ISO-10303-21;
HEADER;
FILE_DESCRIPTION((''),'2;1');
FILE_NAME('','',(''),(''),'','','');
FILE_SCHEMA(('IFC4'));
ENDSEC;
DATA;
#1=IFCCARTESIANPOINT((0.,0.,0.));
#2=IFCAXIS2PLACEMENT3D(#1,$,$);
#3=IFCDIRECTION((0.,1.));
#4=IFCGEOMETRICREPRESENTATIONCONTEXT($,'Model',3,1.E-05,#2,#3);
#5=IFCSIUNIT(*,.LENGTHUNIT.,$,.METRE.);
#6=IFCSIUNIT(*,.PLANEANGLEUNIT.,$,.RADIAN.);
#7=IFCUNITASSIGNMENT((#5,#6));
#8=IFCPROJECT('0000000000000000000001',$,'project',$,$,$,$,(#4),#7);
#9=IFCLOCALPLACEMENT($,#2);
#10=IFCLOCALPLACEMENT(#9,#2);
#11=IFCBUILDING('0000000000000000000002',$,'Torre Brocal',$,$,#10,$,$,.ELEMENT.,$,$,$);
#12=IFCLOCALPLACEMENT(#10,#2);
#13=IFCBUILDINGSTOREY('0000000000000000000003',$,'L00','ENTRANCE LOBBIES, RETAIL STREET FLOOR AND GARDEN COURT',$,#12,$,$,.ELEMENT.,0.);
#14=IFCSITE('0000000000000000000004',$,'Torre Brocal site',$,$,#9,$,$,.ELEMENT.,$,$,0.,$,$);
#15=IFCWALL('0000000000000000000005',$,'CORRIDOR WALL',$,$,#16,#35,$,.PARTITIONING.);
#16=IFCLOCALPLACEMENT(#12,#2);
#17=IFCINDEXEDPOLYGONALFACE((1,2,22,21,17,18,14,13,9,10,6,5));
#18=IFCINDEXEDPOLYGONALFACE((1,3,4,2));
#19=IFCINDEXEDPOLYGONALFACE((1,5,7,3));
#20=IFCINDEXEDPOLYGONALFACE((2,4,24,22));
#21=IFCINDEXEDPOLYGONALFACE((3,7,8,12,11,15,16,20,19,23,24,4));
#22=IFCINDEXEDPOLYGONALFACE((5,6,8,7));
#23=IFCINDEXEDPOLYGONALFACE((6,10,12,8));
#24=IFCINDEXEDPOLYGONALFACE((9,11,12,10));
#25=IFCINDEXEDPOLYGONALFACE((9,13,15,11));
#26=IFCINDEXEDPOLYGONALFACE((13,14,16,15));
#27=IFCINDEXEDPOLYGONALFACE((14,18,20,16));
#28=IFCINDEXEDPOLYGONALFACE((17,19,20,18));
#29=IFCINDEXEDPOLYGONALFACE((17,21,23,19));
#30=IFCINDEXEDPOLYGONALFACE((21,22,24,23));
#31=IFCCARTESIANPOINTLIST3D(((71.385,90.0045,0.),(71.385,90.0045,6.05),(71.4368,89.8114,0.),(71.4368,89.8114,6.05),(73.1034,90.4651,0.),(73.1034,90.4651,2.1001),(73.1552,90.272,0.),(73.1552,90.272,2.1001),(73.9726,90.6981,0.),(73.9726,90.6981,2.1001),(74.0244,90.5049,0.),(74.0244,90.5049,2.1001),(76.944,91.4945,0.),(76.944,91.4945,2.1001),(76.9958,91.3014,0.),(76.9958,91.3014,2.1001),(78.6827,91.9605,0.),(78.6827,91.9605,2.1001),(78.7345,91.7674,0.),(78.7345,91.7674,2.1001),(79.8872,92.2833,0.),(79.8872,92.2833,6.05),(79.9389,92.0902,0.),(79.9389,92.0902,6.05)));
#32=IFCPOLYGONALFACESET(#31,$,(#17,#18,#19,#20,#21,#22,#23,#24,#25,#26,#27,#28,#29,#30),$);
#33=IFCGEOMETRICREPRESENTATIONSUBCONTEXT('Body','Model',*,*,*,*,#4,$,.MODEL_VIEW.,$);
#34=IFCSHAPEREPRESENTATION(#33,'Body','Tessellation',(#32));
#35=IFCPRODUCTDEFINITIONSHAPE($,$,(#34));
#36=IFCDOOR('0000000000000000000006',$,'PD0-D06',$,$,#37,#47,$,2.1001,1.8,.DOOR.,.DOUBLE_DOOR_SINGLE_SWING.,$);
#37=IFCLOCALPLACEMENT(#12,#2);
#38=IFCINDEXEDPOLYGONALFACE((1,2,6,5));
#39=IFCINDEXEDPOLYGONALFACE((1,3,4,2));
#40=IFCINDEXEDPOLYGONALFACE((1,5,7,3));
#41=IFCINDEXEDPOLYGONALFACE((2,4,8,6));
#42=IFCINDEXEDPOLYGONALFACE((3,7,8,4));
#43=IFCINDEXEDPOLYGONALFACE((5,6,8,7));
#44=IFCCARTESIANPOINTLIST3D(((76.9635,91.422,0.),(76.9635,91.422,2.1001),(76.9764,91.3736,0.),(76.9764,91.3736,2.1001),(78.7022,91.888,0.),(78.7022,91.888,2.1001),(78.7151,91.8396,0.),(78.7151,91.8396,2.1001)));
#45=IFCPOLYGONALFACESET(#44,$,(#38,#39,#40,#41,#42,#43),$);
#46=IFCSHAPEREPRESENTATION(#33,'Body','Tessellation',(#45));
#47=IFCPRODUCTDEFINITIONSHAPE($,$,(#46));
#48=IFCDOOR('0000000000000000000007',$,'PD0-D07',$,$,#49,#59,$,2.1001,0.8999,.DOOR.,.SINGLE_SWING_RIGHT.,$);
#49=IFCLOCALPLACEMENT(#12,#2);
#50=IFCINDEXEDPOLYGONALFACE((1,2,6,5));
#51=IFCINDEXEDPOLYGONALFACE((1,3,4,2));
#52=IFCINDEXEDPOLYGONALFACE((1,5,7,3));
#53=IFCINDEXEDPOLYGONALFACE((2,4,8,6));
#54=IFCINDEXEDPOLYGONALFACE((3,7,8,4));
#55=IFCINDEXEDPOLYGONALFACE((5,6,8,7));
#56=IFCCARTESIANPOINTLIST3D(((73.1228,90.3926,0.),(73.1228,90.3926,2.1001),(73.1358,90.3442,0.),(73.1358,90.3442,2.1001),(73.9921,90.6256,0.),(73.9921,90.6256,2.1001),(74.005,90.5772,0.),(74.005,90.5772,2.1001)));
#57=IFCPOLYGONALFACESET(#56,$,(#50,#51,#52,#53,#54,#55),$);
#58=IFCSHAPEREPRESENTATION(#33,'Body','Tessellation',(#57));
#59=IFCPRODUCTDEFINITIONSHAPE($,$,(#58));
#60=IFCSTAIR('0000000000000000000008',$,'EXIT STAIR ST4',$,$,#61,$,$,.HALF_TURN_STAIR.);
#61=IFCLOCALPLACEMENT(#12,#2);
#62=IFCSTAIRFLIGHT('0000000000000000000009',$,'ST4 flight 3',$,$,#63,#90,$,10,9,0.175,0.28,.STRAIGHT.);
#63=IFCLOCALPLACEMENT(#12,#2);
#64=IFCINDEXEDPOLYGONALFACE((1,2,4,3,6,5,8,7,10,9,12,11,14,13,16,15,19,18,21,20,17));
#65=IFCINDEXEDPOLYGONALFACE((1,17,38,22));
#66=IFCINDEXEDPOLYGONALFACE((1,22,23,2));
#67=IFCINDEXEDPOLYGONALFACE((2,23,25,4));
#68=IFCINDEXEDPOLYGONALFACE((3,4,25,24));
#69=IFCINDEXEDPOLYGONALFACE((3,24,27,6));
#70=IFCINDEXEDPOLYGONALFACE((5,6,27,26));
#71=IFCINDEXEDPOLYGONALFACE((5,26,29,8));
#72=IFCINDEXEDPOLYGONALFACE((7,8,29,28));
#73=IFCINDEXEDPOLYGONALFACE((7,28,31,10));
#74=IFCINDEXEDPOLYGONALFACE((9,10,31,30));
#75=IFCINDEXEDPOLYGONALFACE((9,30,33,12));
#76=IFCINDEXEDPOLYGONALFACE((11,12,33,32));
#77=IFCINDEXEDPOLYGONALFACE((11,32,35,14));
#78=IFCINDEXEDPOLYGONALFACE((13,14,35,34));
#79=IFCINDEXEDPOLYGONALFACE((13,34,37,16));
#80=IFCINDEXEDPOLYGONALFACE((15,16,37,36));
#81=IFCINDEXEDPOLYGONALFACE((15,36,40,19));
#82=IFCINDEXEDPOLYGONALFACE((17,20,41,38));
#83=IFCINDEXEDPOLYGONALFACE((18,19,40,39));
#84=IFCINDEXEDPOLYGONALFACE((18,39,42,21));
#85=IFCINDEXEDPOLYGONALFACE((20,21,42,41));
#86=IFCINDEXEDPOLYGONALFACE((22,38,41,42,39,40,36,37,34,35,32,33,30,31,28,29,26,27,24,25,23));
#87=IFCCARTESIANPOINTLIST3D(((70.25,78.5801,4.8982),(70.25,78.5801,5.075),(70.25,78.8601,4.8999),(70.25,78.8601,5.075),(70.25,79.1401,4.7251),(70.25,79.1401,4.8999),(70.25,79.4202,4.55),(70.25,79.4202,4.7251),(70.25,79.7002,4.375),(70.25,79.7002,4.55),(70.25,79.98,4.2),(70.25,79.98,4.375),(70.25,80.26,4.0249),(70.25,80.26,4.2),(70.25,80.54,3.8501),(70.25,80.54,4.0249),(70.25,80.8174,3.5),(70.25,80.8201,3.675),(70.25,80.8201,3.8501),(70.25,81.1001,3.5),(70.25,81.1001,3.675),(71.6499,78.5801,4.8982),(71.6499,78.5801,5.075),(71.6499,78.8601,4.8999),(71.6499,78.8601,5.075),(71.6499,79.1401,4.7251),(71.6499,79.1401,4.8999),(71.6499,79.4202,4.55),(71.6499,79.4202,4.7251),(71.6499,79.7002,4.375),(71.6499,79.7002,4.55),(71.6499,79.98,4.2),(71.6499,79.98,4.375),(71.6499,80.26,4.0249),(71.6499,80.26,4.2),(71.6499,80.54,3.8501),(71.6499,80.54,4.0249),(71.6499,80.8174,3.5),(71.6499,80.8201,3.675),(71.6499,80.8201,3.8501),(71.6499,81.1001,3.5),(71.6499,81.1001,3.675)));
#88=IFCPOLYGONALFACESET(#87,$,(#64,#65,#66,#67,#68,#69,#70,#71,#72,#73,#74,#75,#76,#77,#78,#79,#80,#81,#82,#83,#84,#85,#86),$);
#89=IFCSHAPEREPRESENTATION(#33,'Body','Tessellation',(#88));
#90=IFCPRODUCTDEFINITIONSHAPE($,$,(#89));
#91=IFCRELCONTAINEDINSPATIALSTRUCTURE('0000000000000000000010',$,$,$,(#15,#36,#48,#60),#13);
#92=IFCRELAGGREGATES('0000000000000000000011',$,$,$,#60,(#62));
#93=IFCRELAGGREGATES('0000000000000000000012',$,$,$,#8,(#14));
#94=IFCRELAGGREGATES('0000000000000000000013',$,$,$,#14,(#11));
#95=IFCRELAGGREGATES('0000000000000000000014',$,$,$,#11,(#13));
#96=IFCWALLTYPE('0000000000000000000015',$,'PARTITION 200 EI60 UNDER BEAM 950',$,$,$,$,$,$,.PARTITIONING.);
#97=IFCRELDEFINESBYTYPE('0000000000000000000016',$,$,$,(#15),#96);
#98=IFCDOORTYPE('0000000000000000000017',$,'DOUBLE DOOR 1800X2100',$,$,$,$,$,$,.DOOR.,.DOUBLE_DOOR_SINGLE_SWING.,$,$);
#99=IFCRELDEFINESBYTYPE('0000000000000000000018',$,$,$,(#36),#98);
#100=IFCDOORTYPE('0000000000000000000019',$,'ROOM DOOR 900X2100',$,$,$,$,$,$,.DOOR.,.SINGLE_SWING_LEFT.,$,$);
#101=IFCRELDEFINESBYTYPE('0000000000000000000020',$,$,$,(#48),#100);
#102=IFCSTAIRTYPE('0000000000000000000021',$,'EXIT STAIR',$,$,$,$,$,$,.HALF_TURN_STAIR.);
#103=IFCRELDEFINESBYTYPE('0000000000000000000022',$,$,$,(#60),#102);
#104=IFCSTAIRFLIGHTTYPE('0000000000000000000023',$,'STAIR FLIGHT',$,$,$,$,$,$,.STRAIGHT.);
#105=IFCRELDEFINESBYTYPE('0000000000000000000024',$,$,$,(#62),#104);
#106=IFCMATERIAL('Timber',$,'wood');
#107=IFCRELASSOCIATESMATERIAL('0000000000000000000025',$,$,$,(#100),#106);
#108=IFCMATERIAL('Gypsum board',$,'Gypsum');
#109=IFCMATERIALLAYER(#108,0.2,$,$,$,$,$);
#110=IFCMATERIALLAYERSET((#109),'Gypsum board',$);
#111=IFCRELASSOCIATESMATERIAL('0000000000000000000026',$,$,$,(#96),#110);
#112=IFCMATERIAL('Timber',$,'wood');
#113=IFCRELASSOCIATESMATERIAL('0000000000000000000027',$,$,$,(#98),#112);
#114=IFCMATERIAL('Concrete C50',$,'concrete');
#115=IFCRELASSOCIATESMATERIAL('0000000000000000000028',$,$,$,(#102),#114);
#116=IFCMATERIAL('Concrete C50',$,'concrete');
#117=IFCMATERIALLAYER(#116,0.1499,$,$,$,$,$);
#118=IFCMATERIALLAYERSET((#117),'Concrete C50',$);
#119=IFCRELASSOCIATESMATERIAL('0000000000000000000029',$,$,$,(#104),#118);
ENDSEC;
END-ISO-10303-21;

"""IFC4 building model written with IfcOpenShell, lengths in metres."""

from ifc_helpers import new_model, si_unit, direction, frame, frame_2d, origin, place, context, subcontext, project, spatial, polyline, rectangle, outline, extrude, material, layer, layer_set, type_object, element, fill, aggregate, save


model = new_model("IFC4")

# Units and contexts
model_context = context("Model", 3, precision=1e-05, world=origin(), true_north=direction((0.0, 1.0)))
body_context = subcontext(model_context, "Body", "Model", "MODEL_VIEW")
ifc_project = project(units=[si_unit("LENGTHUNIT", "METRE"), si_unit("PLANEANGLEUNIT", "RADIAN")], contexts=[model_context])

# Site, building, storey
site_placement = place(None, origin())
site = spatial("IfcSite", under=ifc_project, at=site_placement, Name="Torre Brocal site", CompositionType="ELEMENT", RefElevation=0.0)
building_placement = place(site_placement, origin())
building = spatial("IfcBuilding", under=site, at=building_placement, Name="Torre Brocal", CompositionType="ELEMENT")
storey_placement = place(building_placement, origin())
storey = spatial("IfcBuildingStorey", under=building, at=storey_placement, Name="L00", Description="ENTRANCE LOBBIES, RETAIL STREET FLOOR AND GARDEN COURT", CompositionType="ELEMENT", Elevation=0.0)

# Shared definitions
ifc_material_1 = material(Name="Timber", Category="wood")
door_type_1 = type_object("IfcDoorType", Name="ROOM DOOR 900X2100", OperationType="SINGLE_SWING_LEFT", PredefinedType="DOOR", material=ifc_material_1)

# Wall, openings, doors
ifc_material_2 = material(Name="Gypsum board", Category="Gypsum")
ifc_layer_1 = layer(ifc_material_2, 0.2)
ifc_layer_set_1 = layer_set([ifc_layer_1], Name="Gypsum board")
wall_type_1 = type_object("IfcWallType", Name="PARTITION 200 EI60 UNDER BEAM 950", PredefinedType="PARTITIONING", material=ifc_layer_set_1)
ifc_material_3 = material(Name="Timber", Category="wood")
door_type_2 = type_object("IfcDoorType", Name="DOUBLE DOOR 1800X2100", OperationType="DOUBLE_DOOR_SINGLE_SWING", PredefinedType="DOOR", material=ifc_material_3)
wall_1_placement = place(storey_placement, frame((71.4109, 89.908, 0.0), z_axis=(0.0, 0.0, 1.0), x_axis=(0.965907, 0.258888, 0.0)))
wall_1 = element("IfcWall", 1, at=wall_1_placement, inside=storey, type_object=wall_type_1, Name="CORRIDOR WALL", PredefinedType="PARTITIONING", context=body_context, shape_type="SweptSolid", body=[
    extrude(rectangle(XDim=8.8022, YDim=0.2, at=frame_2d((4.4011, 0.0))), origin(), (0.0, 0.0, 1.0), 6.05),
])
opening_1_placement = place(wall_1_placement, frame((5.7554, 0.0, 0.0)))
opening_1 = element("IfcOpeningElement", 2, at=opening_1_placement, cuts=wall_1, PredefinedType="OPENING", context=body_context, shape_type="SweptSolid", body=[
    extrude(rectangle(XDim=1.8, YDim=2.1001, at=frame_2d((0.8999, 1.05))), frame((0.0, 0.1099, 0.0), z_axis=(0.0, -1.0, 0.0), x_axis=(1.0, 0.0, 0.0)), (0.0, 0.0, 1.0), 0.22),
])
opening_2_placement = place(wall_1_placement, frame((1.7791, 0.0, 0.0)))
opening_2 = element("IfcOpeningElement", 3, at=opening_2_placement, cuts=wall_1, PredefinedType="OPENING", context=body_context, shape_type="SweptSolid", body=[
    extrude(rectangle(XDim=0.8999, YDim=2.1001, at=frame_2d((0.45, 1.05))), frame((0.0, 0.1099, 0.0), z_axis=(0.0, -1.0, 0.0), x_axis=(1.0, 0.0, 0.0)), (0.0, 0.0, 1.0), 0.22),
])
door_1_placement = place(opening_1_placement, origin())
door_1 = element("IfcDoor", 4, at=door_1_placement, inside=storey, type_object=door_type_2, Name="PD0-D06", OperationType="DOUBLE_DOOR_SINGLE_SWING", OverallHeight=2.1001, OverallWidth=1.8, PredefinedType="DOOR", context=body_context, shape_type="SweptSolid", body=[
    extrude(rectangle(XDim=1.8, YDim=2.1001, at=frame_2d((0.8999, 1.05))), frame((0.0, 0.0249, 0.0), z_axis=(0.0, -1.0, 0.0), x_axis=(1.0, 0.0, 0.0)), (0.0, 0.0, 1.0), 0.05),
])
fill(opening_1, door_1)
door_2_placement = place(opening_2_placement, origin())
door_2 = element("IfcDoor", 5, at=door_2_placement, inside=storey, type_object=door_type_1, Name="PD0-D07", OperationType="SINGLE_SWING_RIGHT", OverallHeight=2.1001, OverallWidth=0.8999, PredefinedType="DOOR", context=body_context, shape_type="SweptSolid", body=[
    extrude(rectangle(XDim=0.8999, YDim=2.1001, at=frame_2d((0.45, 1.05))), frame((0.0, 0.0249, 0.0), z_axis=(0.0, -1.0, 0.0), x_axis=(1.0, 0.0, 0.0)), (0.0, 0.0, 1.0), 0.05),
])
fill(opening_2, door_2)

# Stair, stair flight
ifc_material_4 = material(Name="Concrete C50", Category="concrete")
stair_type = type_object("IfcStairType", Name="EXIT STAIR", PredefinedType="HALF_TURN_STAIR", material=ifc_material_4)
stair_placement = place(storey_placement, origin())
stair = element("IfcStair", 6, at=stair_placement, inside=storey, type_object=stair_type, Name="EXIT STAIR ST4", PredefinedType="HALF_TURN_STAIR")
ifc_material_5 = material(Name="Concrete C50", Category="concrete")
ifc_layer_2 = layer(ifc_material_5, 0.1499)
ifc_layer_set_2 = layer_set([ifc_layer_2], Name="Concrete C50")
stair_flight_type = type_object("IfcStairFlightType", Name="STAIR FLIGHT", PredefinedType="STRAIGHT", material=ifc_layer_set_2)
stair_flight_placement = place(storey_placement, frame((70.95, 81.1001, 3.5), z_axis=(0.0, 0.0, 1.0), x_axis=(0.0, -1.0, 0.0)))
stair_flight = element("IfcStairFlight", 7, at=stair_flight_placement, type_object=stair_flight_type, Name="ST4 flight 3", NumberOfRisers=10, NumberOfTreads=9, PredefinedType="STRAIGHT", RiserHeight=0.175, TreadLength=0.28, context=body_context, shape_type="SweptSolid", body=[
    extrude(outline(polyline([(0.0, 0.0), (0.0, 0.175), (0.28, 0.175), (0.28, 0.3501), (0.5601, 0.3501), (0.5601, 0.5249), (0.8401, 0.5249), (0.8401, 0.7), (1.1201, 0.7), (1.1201, 0.875), (1.3999, 0.875), (1.3999, 1.05), (1.6799, 1.05), (1.6799, 1.2251), (1.96, 1.2251), (1.96, 1.3999), (2.24, 1.3999), (2.24, 1.575), (2.52, 1.575), (2.52, 1.75), (2.52, 1.3982), (0.2827, 0.0), (0.0, 0.0)])), frame((0.0, 0.7, 0.0), z_axis=(0.0, -1.0, 0.0), x_axis=(1.0, 0.0, 0.0)), (0.0, 0.0, 1.0), 1.3999),
])
aggregate(stair, [stair_flight])

save(model, "model.ifc")
